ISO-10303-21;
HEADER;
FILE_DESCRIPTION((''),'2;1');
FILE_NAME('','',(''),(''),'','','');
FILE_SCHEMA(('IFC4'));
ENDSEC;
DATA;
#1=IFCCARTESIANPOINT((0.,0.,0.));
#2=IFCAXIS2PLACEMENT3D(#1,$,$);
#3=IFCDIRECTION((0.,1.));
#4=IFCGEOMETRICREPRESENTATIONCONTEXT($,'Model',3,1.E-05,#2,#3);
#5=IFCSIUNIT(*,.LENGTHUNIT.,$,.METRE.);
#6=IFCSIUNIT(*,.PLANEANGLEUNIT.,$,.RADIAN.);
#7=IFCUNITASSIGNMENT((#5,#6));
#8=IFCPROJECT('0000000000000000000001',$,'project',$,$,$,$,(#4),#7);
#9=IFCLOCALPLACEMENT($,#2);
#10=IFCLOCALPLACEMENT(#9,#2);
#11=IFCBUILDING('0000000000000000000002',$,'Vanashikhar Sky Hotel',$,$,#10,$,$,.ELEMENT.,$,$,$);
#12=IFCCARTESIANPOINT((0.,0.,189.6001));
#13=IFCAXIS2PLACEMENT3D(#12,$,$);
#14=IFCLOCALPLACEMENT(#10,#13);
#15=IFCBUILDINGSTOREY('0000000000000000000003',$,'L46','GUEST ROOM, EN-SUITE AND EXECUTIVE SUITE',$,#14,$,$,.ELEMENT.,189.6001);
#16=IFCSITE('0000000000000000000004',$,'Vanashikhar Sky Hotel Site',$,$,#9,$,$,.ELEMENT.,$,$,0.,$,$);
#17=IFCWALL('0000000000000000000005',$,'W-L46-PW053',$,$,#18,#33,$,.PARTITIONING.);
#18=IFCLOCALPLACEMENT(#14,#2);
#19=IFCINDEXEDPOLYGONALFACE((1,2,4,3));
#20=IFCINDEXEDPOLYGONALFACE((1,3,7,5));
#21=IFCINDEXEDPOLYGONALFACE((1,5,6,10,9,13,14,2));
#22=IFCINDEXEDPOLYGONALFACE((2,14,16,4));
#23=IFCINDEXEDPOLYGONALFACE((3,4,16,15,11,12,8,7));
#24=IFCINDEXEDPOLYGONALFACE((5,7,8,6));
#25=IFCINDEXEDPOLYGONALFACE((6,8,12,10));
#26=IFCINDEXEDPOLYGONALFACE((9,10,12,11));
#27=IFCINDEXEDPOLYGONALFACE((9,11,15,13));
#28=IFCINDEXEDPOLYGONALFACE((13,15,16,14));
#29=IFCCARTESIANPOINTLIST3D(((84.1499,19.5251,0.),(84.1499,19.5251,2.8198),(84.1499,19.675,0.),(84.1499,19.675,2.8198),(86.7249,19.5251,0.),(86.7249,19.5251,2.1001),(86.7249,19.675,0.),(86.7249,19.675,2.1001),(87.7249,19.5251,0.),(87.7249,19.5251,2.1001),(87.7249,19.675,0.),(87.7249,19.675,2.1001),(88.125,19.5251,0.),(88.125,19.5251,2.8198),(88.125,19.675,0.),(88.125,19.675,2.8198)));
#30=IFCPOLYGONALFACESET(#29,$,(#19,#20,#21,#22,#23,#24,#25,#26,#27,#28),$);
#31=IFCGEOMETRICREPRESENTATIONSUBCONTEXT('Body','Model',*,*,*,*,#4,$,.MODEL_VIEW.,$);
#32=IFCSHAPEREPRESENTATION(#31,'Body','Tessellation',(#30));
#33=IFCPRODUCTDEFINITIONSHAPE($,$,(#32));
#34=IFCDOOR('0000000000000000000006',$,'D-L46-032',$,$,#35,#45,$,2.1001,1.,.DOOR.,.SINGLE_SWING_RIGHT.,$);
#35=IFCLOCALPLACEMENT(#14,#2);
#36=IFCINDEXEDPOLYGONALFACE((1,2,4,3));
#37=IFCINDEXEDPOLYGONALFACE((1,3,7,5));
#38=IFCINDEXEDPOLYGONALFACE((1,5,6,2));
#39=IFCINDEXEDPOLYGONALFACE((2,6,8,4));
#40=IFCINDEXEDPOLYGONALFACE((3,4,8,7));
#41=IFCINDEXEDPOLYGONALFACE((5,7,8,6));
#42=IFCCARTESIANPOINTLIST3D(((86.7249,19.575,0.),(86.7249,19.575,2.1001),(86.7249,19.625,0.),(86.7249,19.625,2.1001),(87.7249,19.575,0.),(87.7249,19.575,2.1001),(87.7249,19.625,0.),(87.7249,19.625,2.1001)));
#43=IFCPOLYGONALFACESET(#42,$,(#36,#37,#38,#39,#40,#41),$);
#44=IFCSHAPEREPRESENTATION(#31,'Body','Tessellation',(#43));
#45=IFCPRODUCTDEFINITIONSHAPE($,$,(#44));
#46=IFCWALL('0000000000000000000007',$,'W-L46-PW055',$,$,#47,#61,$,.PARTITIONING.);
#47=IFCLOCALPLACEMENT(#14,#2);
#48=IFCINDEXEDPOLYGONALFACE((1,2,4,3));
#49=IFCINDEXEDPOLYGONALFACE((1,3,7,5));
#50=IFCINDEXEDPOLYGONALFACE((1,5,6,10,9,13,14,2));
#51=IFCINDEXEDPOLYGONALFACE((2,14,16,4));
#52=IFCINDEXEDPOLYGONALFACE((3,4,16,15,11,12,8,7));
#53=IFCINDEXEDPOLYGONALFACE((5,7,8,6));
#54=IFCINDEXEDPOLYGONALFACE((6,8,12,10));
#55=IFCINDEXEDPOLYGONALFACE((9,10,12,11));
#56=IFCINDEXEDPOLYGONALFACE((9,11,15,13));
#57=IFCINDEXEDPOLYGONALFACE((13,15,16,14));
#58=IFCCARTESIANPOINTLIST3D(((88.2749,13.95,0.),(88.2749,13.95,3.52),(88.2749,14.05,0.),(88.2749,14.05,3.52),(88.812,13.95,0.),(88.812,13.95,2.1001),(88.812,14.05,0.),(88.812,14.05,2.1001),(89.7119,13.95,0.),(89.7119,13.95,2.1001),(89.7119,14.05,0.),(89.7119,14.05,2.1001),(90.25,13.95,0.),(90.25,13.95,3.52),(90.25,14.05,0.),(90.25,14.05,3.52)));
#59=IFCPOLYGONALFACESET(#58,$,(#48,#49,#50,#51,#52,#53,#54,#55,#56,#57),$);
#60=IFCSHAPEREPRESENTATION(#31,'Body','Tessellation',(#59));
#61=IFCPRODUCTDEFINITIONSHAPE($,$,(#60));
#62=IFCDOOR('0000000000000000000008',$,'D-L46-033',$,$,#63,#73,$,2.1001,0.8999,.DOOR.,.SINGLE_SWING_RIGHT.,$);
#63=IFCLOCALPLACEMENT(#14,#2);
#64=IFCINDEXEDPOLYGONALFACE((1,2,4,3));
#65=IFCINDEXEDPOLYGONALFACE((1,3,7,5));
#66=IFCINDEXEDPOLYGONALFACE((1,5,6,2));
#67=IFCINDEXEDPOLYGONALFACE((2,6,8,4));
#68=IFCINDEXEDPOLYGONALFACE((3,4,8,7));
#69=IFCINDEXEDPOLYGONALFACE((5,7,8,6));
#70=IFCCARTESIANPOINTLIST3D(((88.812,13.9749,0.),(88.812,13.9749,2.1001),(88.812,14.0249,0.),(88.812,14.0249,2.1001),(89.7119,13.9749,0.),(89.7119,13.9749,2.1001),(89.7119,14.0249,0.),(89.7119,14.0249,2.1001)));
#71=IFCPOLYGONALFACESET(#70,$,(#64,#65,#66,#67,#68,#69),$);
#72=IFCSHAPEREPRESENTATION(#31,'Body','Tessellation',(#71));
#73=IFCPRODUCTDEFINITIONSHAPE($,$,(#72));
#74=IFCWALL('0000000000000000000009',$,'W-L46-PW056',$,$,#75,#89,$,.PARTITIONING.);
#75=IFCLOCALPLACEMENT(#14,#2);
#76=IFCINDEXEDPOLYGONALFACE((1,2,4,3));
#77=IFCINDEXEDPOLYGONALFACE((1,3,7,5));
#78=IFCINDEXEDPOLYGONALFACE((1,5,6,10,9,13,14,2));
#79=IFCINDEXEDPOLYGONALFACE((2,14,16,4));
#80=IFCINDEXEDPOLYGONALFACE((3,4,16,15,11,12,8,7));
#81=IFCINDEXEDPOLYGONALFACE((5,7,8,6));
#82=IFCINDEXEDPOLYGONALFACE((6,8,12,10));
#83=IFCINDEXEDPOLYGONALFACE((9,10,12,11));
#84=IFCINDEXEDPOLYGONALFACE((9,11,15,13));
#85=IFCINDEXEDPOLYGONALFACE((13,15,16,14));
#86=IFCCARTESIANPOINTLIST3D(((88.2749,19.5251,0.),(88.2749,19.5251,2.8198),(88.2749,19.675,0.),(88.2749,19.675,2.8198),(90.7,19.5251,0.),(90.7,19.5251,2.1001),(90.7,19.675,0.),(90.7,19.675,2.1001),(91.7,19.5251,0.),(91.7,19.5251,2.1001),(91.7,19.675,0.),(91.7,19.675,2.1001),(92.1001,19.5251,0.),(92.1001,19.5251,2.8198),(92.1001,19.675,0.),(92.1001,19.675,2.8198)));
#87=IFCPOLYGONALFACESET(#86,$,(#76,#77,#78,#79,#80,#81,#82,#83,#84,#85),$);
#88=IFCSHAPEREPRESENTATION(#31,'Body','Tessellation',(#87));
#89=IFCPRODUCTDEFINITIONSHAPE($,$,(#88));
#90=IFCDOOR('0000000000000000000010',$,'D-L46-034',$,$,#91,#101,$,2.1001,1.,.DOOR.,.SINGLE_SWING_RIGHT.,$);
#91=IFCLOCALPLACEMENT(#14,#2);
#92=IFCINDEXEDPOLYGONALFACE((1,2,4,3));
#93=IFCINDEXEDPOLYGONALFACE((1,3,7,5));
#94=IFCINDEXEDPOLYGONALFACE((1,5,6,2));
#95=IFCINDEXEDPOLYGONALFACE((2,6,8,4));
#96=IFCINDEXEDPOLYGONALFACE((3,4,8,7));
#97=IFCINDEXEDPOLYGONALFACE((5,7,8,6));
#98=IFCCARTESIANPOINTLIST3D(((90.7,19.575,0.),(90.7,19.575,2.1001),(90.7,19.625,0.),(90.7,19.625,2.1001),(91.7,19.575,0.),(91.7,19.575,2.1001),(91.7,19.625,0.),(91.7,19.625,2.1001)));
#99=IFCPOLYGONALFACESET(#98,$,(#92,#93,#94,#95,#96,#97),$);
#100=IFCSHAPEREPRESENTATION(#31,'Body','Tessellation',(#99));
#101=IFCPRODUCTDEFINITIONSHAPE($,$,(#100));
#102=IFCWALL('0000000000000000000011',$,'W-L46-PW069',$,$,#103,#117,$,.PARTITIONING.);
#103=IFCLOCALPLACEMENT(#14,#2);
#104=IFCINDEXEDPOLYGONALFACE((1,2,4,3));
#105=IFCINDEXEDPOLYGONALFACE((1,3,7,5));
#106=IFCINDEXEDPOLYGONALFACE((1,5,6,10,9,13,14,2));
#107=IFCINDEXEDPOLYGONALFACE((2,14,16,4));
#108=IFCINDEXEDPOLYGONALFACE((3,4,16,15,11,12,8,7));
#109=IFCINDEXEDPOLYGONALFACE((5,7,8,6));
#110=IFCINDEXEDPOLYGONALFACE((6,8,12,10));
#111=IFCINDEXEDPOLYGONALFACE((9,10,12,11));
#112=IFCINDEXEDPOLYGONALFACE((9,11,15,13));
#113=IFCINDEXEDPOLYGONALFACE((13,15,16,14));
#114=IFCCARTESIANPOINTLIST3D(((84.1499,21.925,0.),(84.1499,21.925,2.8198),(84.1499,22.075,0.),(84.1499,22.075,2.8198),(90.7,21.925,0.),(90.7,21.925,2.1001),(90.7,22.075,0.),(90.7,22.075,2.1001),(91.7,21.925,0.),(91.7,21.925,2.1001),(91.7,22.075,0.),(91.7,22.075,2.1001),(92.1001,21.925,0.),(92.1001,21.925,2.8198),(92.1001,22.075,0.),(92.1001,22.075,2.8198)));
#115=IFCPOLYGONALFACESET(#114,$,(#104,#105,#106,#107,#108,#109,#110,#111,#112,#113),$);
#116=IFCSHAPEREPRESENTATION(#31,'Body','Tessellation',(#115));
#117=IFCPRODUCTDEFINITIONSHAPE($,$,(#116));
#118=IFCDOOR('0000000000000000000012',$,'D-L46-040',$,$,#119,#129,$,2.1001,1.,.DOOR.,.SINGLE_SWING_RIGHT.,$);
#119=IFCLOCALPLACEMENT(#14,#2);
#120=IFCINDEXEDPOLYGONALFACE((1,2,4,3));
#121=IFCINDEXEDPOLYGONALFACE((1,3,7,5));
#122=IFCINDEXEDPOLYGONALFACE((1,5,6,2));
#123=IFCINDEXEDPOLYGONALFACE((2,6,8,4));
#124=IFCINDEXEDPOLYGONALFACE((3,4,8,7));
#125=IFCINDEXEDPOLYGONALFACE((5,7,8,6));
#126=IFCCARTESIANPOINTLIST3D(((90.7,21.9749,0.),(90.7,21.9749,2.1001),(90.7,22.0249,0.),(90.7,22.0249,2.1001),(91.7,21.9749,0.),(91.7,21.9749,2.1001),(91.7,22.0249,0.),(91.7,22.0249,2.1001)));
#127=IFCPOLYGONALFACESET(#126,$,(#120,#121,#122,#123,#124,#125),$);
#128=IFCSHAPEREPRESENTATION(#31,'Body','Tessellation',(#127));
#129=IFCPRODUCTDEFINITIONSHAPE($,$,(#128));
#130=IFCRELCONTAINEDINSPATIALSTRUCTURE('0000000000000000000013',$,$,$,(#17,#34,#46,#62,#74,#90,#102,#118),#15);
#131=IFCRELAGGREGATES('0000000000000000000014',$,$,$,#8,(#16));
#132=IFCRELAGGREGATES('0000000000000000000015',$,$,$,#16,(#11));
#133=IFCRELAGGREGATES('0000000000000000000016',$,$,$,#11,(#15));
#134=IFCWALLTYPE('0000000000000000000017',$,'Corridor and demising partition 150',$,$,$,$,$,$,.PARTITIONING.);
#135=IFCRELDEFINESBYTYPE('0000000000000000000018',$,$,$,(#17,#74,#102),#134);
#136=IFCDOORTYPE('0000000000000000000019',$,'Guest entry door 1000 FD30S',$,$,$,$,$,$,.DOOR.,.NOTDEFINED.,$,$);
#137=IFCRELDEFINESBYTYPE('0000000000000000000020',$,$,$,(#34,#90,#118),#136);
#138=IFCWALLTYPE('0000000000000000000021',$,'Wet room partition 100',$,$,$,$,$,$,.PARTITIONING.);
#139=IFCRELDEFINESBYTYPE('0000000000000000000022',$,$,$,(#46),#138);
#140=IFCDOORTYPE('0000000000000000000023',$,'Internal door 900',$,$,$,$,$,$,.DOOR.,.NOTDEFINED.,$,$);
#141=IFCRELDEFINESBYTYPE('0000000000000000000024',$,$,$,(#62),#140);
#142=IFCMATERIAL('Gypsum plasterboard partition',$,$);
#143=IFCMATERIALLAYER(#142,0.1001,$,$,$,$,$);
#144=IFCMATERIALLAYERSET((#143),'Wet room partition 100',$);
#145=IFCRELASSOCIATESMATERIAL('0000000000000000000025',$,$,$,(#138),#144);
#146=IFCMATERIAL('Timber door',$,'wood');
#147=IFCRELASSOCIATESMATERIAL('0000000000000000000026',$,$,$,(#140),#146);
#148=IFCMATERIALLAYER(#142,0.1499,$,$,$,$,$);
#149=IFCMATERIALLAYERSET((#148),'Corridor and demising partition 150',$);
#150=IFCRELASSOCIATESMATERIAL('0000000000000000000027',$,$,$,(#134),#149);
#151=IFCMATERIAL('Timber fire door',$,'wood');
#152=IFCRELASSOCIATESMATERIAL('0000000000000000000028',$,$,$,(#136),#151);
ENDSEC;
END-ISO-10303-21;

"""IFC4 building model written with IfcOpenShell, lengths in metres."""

from ifc_helpers import new_model, si_unit, direction, frame, frame_2d, origin, place, context, subcontext, project, spatial, rectangle, extrude, source, transform, mapped, material, layer, layer_set, type_object, element, fill, save


model = new_model("IFC4")

# Units and contexts
model_context = context("Model", 3, precision=1e-05, world=origin(), true_north=direction((0.0, 1.0)))
body_context = subcontext(model_context, "Body", "Model", "MODEL_VIEW")
ifc_project = project(units=[si_unit("LENGTHUNIT", "METRE"), si_unit("PLANEANGLEUNIT", "RADIAN")], contexts=[model_context])

# Site, building, storey
site_placement = place(None, origin())
site = spatial("IfcSite", under=ifc_project, at=site_placement, Name="Vanashikhar Sky Hotel Site", CompositionType="ELEMENT", RefElevation=0.0)
building_placement = place(site_placement, origin())
building = spatial("IfcBuilding", under=site, at=building_placement, Name="Vanashikhar Sky Hotel", CompositionType="ELEMENT")
storey_placement = place(building_placement, frame((0.0, 0.0, 189.6001)))
storey = spatial("IfcBuildingStorey", under=building, at=storey_placement, Name="L46", Description="GUEST ROOM, EN-SUITE AND EXECUTIVE SUITE", CompositionType="ELEMENT", Elevation=189.6001)

# Shared definitions
ifc_material_1 = material(Name="Gypsum plasterboard partition")
ifc_layer_1 = layer(ifc_material_1, 0.1001)
ifc_layer_set_1 = layer_set([ifc_layer_1], Name="Wet room partition 100")
wall_type_1 = type_object("IfcWallType", Name="Wet room partition 100", PredefinedType="PARTITIONING", material=ifc_layer_set_1)

# Walls, openings, doors
shared_shape_1 = source(origin(), body_context, "Body", "SweptSolid", [
    extrude(rectangle(XDim=0.8999, YDim=2.1001, at=frame_2d((0.45, 1.05))), frame((0.0, 0.0601, 0.0), z_axis=(0.0, -1.0, 0.0), x_axis=(1.0, 0.0, 0.0)), (0.0, 0.0, 1.0), 0.1201),
])
ifc_material_2 = material(Name="Timber door", Category="wood")
door_type_1 = type_object("IfcDoorType", Name="Internal door 900", OperationType="NOTDEFINED", PredefinedType="DOOR", material=ifc_material_2)
shared_shape_2 = source(origin(), body_context, "Body", "SweptSolid", [
    extrude(rectangle(XDim=0.8999, YDim=2.1001, at=frame_2d((0.45, 1.05))), frame((0.0, 0.0249, 0.0), z_axis=(0.0, -1.0, 0.0), x_axis=(1.0, 0.0, 0.0)), (0.0, 0.0, 1.0), 0.05),
])
ifc_layer_2 = layer(ifc_material_1, 0.1499)
ifc_layer_set_2 = layer_set([ifc_layer_2], Name="Corridor and demising partition 150")
wall_type_2 = type_object("IfcWallType", Name="Corridor and demising partition 150", PredefinedType="PARTITIONING", material=ifc_layer_set_2)
shared_shape_3 = source(origin(), body_context, "Body", "SweptSolid", [
    extrude(rectangle(XDim=3.9751, YDim=0.1499, at=frame_2d((1.9875, 0.0))), origin(), (0.0, 0.0, 1.0), 2.8198),
])
wall_1_placement = place(storey_placement, frame((84.1499, 19.6001, 0.0), z_axis=(0.0, 0.0, 1.0), x_axis=(1.0, 0.0, 0.0)))
wall_1 = element("IfcWall", 1, at=wall_1_placement, inside=storey, type_object=wall_type_2, Name="W-L46-PW053", PredefinedType="PARTITIONING", context=body_context, shape_type="MappedRepresentation", body=[
    mapped(shared_shape_3, transform((0.0, 0.0, 0.0), scale=1.0)),
])
shared_shape_4 = source(origin(), body_context, "Body", "SweptSolid", [
    extrude(rectangle(XDim=1.0, YDim=2.1001, at=frame_2d((0.5, 1.05))), frame((0.0, 0.085, 0.0), z_axis=(0.0, -1.0, 0.0), x_axis=(1.0, 0.0, 0.0)), (0.0, 0.0, 1.0), 0.1699),
])
opening_1_placement = place(wall_1_placement, frame((2.575, 0.0, 0.0)))
opening_1 = element("IfcOpeningElement", 2, at=opening_1_placement, cuts=wall_1, PredefinedType="OPENING", context=body_context, shape_type="MappedRepresentation", body=[
    mapped(shared_shape_4, transform((0.0, 0.0, 0.0), scale=1.0)),
])
ifc_material_3 = material(Name="Timber fire door", Category="wood")
door_type_2 = type_object("IfcDoorType", Name="Guest entry door 1000 FD30S", OperationType="NOTDEFINED", PredefinedType="DOOR", material=ifc_material_3)
shared_shape_5 = source(origin(), body_context, "Body", "SweptSolid", [
    extrude(rectangle(XDim=1.0, YDim=2.1001, at=frame_2d((0.5, 1.05))), frame((0.0, 0.0249, 0.0), z_axis=(0.0, -1.0, 0.0), x_axis=(1.0, 0.0, 0.0)), (0.0, 0.0, 1.0), 0.05),
])
door_1_placement = place(opening_1_placement, origin())
door_1 = element("IfcDoor", 3, at=door_1_placement, inside=storey, type_object=door_type_2, Name="D-L46-032", OperationType="SINGLE_SWING_RIGHT", OverallHeight=2.1001, OverallWidth=1.0, PredefinedType="DOOR", context=body_context, shape_type="MappedRepresentation", body=[
    mapped(shared_shape_5, transform((0.0, 0.0, 0.0), scale=1.0)),
])
fill(opening_1, door_1)
shared_shape_6 = source(origin(), body_context, "Body", "SweptSolid", [
    extrude(rectangle(XDim=1.9751, YDim=0.1001, at=frame_2d((0.9875, 0.0))), origin(), (0.0, 0.0, 1.0), 3.52),
])
wall_2_placement = place(storey_placement, frame((88.2749, 14.0, 0.0), z_axis=(0.0, 0.0, 1.0), x_axis=(1.0, 0.0, 0.0)))
wall_2 = element("IfcWall", 4, at=wall_2_placement, inside=storey, type_object=wall_type_1, Name="W-L46-PW055", PredefinedType="PARTITIONING", context=body_context, shape_type="MappedRepresentation", body=[
    mapped(shared_shape_6, transform((0.0, 0.0, 0.0), scale=1.0)),
])
opening_2_placement = place(wall_2_placement, frame((0.5371, 0.0, 0.0)))
opening_2 = element("IfcOpeningElement", 5, at=opening_2_placement, cuts=wall_2, PredefinedType="OPENING", context=body_context, shape_type="MappedRepresentation", body=[
    mapped(shared_shape_1, transform((0.0, 0.0, 0.0), scale=1.0)),
])
door_2_placement = place(opening_2_placement, origin())
door_2 = element("IfcDoor", 6, at=door_2_placement, inside=storey, type_object=door_type_1, Name="D-L46-033", OperationType="SINGLE_SWING_RIGHT", OverallHeight=2.1001, OverallWidth=0.8999, PredefinedType="DOOR", context=body_context, shape_type="MappedRepresentation", body=[
    mapped(shared_shape_2, transform((0.0, 0.0, 0.0), scale=1.0)),
])
fill(opening_2, door_2)
shared_shape_7 = source(origin(), body_context, "Body", "SweptSolid", [
    extrude(rectangle(XDim=3.8252, YDim=0.1499, at=frame_2d((1.9126, 0.0))), origin(), (0.0, 0.0, 1.0), 2.8198),
])
wall_3_placement = place(storey_placement, frame((88.2749, 19.6001, 0.0), z_axis=(0.0, 0.0, 1.0), x_axis=(1.0, 0.0, 0.0)))
wall_3 = element("IfcWall", 7, at=wall_3_placement, inside=storey, type_object=wall_type_2, Name="W-L46-PW056", PredefinedType="PARTITIONING", context=body_context, shape_type="MappedRepresentation", body=[
    mapped(shared_shape_7, transform((0.0, 0.0, 0.0), scale=1.0)),
])
opening_3_placement = place(wall_3_placement, frame((2.425, 0.0, 0.0)))
opening_3 = element("IfcOpeningElement", 8, at=opening_3_placement, cuts=wall_3, PredefinedType="OPENING", context=body_context, shape_type="MappedRepresentation", body=[
    mapped(shared_shape_4, transform((0.0, 0.0, 0.0), scale=1.0)),
])
door_3_placement = place(opening_3_placement, origin())
door_3 = element("IfcDoor", 9, at=door_3_placement, inside=storey, type_object=door_type_2, Name="D-L46-034", OperationType="SINGLE_SWING_RIGHT", OverallHeight=2.1001, OverallWidth=1.0, PredefinedType="DOOR", context=body_context, shape_type="MappedRepresentation", body=[
    mapped(shared_shape_5, transform((0.0, 0.0, 0.0), scale=1.0)),
])
fill(opening_3, door_3)
shared_shape_8 = source(origin(), body_context, "Body", "SweptSolid", [
    extrude(rectangle(XDim=7.9502, YDim=0.1499, at=frame_2d((3.9751, 0.0))), origin(), (0.0, 0.0, 1.0), 2.8198),
])
wall_4_placement = place(storey_placement, frame((84.1499, 22.0, 0.0), z_axis=(0.0, 0.0, 1.0), x_axis=(1.0, 0.0, 0.0)))
wall_4 = element("IfcWall", 10, at=wall_4_placement, inside=storey, type_object=wall_type_2, Name="W-L46-PW069", PredefinedType="PARTITIONING", context=body_context, shape_type="MappedRepresentation", body=[
    mapped(shared_shape_8, transform((0.0, 0.0, 0.0), scale=1.0)),
])
opening_4_placement = place(wall_4_placement, frame((6.55, 0.0, 0.0)))
opening_4 = element("IfcOpeningElement", 11, at=opening_4_placement, cuts=wall_4, PredefinedType="OPENING", context=body_context, shape_type="MappedRepresentation", body=[
    mapped(shared_shape_4, transform((0.0, 0.0, 0.0), scale=1.0)),
])
door_4_placement = place(opening_4_placement, origin())
door_4 = element("IfcDoor", 12, at=door_4_placement, inside=storey, type_object=door_type_2, Name="D-L46-040", OperationType="SINGLE_SWING_RIGHT", OverallHeight=2.1001, OverallWidth=1.0, PredefinedType="DOOR", context=body_context, shape_type="MappedRepresentation", body=[
    mapped(shared_shape_5, transform((0.0, 0.0, 0.0), scale=1.0)),
])
fill(opening_4, door_4)

save(model, "model.ifc")
